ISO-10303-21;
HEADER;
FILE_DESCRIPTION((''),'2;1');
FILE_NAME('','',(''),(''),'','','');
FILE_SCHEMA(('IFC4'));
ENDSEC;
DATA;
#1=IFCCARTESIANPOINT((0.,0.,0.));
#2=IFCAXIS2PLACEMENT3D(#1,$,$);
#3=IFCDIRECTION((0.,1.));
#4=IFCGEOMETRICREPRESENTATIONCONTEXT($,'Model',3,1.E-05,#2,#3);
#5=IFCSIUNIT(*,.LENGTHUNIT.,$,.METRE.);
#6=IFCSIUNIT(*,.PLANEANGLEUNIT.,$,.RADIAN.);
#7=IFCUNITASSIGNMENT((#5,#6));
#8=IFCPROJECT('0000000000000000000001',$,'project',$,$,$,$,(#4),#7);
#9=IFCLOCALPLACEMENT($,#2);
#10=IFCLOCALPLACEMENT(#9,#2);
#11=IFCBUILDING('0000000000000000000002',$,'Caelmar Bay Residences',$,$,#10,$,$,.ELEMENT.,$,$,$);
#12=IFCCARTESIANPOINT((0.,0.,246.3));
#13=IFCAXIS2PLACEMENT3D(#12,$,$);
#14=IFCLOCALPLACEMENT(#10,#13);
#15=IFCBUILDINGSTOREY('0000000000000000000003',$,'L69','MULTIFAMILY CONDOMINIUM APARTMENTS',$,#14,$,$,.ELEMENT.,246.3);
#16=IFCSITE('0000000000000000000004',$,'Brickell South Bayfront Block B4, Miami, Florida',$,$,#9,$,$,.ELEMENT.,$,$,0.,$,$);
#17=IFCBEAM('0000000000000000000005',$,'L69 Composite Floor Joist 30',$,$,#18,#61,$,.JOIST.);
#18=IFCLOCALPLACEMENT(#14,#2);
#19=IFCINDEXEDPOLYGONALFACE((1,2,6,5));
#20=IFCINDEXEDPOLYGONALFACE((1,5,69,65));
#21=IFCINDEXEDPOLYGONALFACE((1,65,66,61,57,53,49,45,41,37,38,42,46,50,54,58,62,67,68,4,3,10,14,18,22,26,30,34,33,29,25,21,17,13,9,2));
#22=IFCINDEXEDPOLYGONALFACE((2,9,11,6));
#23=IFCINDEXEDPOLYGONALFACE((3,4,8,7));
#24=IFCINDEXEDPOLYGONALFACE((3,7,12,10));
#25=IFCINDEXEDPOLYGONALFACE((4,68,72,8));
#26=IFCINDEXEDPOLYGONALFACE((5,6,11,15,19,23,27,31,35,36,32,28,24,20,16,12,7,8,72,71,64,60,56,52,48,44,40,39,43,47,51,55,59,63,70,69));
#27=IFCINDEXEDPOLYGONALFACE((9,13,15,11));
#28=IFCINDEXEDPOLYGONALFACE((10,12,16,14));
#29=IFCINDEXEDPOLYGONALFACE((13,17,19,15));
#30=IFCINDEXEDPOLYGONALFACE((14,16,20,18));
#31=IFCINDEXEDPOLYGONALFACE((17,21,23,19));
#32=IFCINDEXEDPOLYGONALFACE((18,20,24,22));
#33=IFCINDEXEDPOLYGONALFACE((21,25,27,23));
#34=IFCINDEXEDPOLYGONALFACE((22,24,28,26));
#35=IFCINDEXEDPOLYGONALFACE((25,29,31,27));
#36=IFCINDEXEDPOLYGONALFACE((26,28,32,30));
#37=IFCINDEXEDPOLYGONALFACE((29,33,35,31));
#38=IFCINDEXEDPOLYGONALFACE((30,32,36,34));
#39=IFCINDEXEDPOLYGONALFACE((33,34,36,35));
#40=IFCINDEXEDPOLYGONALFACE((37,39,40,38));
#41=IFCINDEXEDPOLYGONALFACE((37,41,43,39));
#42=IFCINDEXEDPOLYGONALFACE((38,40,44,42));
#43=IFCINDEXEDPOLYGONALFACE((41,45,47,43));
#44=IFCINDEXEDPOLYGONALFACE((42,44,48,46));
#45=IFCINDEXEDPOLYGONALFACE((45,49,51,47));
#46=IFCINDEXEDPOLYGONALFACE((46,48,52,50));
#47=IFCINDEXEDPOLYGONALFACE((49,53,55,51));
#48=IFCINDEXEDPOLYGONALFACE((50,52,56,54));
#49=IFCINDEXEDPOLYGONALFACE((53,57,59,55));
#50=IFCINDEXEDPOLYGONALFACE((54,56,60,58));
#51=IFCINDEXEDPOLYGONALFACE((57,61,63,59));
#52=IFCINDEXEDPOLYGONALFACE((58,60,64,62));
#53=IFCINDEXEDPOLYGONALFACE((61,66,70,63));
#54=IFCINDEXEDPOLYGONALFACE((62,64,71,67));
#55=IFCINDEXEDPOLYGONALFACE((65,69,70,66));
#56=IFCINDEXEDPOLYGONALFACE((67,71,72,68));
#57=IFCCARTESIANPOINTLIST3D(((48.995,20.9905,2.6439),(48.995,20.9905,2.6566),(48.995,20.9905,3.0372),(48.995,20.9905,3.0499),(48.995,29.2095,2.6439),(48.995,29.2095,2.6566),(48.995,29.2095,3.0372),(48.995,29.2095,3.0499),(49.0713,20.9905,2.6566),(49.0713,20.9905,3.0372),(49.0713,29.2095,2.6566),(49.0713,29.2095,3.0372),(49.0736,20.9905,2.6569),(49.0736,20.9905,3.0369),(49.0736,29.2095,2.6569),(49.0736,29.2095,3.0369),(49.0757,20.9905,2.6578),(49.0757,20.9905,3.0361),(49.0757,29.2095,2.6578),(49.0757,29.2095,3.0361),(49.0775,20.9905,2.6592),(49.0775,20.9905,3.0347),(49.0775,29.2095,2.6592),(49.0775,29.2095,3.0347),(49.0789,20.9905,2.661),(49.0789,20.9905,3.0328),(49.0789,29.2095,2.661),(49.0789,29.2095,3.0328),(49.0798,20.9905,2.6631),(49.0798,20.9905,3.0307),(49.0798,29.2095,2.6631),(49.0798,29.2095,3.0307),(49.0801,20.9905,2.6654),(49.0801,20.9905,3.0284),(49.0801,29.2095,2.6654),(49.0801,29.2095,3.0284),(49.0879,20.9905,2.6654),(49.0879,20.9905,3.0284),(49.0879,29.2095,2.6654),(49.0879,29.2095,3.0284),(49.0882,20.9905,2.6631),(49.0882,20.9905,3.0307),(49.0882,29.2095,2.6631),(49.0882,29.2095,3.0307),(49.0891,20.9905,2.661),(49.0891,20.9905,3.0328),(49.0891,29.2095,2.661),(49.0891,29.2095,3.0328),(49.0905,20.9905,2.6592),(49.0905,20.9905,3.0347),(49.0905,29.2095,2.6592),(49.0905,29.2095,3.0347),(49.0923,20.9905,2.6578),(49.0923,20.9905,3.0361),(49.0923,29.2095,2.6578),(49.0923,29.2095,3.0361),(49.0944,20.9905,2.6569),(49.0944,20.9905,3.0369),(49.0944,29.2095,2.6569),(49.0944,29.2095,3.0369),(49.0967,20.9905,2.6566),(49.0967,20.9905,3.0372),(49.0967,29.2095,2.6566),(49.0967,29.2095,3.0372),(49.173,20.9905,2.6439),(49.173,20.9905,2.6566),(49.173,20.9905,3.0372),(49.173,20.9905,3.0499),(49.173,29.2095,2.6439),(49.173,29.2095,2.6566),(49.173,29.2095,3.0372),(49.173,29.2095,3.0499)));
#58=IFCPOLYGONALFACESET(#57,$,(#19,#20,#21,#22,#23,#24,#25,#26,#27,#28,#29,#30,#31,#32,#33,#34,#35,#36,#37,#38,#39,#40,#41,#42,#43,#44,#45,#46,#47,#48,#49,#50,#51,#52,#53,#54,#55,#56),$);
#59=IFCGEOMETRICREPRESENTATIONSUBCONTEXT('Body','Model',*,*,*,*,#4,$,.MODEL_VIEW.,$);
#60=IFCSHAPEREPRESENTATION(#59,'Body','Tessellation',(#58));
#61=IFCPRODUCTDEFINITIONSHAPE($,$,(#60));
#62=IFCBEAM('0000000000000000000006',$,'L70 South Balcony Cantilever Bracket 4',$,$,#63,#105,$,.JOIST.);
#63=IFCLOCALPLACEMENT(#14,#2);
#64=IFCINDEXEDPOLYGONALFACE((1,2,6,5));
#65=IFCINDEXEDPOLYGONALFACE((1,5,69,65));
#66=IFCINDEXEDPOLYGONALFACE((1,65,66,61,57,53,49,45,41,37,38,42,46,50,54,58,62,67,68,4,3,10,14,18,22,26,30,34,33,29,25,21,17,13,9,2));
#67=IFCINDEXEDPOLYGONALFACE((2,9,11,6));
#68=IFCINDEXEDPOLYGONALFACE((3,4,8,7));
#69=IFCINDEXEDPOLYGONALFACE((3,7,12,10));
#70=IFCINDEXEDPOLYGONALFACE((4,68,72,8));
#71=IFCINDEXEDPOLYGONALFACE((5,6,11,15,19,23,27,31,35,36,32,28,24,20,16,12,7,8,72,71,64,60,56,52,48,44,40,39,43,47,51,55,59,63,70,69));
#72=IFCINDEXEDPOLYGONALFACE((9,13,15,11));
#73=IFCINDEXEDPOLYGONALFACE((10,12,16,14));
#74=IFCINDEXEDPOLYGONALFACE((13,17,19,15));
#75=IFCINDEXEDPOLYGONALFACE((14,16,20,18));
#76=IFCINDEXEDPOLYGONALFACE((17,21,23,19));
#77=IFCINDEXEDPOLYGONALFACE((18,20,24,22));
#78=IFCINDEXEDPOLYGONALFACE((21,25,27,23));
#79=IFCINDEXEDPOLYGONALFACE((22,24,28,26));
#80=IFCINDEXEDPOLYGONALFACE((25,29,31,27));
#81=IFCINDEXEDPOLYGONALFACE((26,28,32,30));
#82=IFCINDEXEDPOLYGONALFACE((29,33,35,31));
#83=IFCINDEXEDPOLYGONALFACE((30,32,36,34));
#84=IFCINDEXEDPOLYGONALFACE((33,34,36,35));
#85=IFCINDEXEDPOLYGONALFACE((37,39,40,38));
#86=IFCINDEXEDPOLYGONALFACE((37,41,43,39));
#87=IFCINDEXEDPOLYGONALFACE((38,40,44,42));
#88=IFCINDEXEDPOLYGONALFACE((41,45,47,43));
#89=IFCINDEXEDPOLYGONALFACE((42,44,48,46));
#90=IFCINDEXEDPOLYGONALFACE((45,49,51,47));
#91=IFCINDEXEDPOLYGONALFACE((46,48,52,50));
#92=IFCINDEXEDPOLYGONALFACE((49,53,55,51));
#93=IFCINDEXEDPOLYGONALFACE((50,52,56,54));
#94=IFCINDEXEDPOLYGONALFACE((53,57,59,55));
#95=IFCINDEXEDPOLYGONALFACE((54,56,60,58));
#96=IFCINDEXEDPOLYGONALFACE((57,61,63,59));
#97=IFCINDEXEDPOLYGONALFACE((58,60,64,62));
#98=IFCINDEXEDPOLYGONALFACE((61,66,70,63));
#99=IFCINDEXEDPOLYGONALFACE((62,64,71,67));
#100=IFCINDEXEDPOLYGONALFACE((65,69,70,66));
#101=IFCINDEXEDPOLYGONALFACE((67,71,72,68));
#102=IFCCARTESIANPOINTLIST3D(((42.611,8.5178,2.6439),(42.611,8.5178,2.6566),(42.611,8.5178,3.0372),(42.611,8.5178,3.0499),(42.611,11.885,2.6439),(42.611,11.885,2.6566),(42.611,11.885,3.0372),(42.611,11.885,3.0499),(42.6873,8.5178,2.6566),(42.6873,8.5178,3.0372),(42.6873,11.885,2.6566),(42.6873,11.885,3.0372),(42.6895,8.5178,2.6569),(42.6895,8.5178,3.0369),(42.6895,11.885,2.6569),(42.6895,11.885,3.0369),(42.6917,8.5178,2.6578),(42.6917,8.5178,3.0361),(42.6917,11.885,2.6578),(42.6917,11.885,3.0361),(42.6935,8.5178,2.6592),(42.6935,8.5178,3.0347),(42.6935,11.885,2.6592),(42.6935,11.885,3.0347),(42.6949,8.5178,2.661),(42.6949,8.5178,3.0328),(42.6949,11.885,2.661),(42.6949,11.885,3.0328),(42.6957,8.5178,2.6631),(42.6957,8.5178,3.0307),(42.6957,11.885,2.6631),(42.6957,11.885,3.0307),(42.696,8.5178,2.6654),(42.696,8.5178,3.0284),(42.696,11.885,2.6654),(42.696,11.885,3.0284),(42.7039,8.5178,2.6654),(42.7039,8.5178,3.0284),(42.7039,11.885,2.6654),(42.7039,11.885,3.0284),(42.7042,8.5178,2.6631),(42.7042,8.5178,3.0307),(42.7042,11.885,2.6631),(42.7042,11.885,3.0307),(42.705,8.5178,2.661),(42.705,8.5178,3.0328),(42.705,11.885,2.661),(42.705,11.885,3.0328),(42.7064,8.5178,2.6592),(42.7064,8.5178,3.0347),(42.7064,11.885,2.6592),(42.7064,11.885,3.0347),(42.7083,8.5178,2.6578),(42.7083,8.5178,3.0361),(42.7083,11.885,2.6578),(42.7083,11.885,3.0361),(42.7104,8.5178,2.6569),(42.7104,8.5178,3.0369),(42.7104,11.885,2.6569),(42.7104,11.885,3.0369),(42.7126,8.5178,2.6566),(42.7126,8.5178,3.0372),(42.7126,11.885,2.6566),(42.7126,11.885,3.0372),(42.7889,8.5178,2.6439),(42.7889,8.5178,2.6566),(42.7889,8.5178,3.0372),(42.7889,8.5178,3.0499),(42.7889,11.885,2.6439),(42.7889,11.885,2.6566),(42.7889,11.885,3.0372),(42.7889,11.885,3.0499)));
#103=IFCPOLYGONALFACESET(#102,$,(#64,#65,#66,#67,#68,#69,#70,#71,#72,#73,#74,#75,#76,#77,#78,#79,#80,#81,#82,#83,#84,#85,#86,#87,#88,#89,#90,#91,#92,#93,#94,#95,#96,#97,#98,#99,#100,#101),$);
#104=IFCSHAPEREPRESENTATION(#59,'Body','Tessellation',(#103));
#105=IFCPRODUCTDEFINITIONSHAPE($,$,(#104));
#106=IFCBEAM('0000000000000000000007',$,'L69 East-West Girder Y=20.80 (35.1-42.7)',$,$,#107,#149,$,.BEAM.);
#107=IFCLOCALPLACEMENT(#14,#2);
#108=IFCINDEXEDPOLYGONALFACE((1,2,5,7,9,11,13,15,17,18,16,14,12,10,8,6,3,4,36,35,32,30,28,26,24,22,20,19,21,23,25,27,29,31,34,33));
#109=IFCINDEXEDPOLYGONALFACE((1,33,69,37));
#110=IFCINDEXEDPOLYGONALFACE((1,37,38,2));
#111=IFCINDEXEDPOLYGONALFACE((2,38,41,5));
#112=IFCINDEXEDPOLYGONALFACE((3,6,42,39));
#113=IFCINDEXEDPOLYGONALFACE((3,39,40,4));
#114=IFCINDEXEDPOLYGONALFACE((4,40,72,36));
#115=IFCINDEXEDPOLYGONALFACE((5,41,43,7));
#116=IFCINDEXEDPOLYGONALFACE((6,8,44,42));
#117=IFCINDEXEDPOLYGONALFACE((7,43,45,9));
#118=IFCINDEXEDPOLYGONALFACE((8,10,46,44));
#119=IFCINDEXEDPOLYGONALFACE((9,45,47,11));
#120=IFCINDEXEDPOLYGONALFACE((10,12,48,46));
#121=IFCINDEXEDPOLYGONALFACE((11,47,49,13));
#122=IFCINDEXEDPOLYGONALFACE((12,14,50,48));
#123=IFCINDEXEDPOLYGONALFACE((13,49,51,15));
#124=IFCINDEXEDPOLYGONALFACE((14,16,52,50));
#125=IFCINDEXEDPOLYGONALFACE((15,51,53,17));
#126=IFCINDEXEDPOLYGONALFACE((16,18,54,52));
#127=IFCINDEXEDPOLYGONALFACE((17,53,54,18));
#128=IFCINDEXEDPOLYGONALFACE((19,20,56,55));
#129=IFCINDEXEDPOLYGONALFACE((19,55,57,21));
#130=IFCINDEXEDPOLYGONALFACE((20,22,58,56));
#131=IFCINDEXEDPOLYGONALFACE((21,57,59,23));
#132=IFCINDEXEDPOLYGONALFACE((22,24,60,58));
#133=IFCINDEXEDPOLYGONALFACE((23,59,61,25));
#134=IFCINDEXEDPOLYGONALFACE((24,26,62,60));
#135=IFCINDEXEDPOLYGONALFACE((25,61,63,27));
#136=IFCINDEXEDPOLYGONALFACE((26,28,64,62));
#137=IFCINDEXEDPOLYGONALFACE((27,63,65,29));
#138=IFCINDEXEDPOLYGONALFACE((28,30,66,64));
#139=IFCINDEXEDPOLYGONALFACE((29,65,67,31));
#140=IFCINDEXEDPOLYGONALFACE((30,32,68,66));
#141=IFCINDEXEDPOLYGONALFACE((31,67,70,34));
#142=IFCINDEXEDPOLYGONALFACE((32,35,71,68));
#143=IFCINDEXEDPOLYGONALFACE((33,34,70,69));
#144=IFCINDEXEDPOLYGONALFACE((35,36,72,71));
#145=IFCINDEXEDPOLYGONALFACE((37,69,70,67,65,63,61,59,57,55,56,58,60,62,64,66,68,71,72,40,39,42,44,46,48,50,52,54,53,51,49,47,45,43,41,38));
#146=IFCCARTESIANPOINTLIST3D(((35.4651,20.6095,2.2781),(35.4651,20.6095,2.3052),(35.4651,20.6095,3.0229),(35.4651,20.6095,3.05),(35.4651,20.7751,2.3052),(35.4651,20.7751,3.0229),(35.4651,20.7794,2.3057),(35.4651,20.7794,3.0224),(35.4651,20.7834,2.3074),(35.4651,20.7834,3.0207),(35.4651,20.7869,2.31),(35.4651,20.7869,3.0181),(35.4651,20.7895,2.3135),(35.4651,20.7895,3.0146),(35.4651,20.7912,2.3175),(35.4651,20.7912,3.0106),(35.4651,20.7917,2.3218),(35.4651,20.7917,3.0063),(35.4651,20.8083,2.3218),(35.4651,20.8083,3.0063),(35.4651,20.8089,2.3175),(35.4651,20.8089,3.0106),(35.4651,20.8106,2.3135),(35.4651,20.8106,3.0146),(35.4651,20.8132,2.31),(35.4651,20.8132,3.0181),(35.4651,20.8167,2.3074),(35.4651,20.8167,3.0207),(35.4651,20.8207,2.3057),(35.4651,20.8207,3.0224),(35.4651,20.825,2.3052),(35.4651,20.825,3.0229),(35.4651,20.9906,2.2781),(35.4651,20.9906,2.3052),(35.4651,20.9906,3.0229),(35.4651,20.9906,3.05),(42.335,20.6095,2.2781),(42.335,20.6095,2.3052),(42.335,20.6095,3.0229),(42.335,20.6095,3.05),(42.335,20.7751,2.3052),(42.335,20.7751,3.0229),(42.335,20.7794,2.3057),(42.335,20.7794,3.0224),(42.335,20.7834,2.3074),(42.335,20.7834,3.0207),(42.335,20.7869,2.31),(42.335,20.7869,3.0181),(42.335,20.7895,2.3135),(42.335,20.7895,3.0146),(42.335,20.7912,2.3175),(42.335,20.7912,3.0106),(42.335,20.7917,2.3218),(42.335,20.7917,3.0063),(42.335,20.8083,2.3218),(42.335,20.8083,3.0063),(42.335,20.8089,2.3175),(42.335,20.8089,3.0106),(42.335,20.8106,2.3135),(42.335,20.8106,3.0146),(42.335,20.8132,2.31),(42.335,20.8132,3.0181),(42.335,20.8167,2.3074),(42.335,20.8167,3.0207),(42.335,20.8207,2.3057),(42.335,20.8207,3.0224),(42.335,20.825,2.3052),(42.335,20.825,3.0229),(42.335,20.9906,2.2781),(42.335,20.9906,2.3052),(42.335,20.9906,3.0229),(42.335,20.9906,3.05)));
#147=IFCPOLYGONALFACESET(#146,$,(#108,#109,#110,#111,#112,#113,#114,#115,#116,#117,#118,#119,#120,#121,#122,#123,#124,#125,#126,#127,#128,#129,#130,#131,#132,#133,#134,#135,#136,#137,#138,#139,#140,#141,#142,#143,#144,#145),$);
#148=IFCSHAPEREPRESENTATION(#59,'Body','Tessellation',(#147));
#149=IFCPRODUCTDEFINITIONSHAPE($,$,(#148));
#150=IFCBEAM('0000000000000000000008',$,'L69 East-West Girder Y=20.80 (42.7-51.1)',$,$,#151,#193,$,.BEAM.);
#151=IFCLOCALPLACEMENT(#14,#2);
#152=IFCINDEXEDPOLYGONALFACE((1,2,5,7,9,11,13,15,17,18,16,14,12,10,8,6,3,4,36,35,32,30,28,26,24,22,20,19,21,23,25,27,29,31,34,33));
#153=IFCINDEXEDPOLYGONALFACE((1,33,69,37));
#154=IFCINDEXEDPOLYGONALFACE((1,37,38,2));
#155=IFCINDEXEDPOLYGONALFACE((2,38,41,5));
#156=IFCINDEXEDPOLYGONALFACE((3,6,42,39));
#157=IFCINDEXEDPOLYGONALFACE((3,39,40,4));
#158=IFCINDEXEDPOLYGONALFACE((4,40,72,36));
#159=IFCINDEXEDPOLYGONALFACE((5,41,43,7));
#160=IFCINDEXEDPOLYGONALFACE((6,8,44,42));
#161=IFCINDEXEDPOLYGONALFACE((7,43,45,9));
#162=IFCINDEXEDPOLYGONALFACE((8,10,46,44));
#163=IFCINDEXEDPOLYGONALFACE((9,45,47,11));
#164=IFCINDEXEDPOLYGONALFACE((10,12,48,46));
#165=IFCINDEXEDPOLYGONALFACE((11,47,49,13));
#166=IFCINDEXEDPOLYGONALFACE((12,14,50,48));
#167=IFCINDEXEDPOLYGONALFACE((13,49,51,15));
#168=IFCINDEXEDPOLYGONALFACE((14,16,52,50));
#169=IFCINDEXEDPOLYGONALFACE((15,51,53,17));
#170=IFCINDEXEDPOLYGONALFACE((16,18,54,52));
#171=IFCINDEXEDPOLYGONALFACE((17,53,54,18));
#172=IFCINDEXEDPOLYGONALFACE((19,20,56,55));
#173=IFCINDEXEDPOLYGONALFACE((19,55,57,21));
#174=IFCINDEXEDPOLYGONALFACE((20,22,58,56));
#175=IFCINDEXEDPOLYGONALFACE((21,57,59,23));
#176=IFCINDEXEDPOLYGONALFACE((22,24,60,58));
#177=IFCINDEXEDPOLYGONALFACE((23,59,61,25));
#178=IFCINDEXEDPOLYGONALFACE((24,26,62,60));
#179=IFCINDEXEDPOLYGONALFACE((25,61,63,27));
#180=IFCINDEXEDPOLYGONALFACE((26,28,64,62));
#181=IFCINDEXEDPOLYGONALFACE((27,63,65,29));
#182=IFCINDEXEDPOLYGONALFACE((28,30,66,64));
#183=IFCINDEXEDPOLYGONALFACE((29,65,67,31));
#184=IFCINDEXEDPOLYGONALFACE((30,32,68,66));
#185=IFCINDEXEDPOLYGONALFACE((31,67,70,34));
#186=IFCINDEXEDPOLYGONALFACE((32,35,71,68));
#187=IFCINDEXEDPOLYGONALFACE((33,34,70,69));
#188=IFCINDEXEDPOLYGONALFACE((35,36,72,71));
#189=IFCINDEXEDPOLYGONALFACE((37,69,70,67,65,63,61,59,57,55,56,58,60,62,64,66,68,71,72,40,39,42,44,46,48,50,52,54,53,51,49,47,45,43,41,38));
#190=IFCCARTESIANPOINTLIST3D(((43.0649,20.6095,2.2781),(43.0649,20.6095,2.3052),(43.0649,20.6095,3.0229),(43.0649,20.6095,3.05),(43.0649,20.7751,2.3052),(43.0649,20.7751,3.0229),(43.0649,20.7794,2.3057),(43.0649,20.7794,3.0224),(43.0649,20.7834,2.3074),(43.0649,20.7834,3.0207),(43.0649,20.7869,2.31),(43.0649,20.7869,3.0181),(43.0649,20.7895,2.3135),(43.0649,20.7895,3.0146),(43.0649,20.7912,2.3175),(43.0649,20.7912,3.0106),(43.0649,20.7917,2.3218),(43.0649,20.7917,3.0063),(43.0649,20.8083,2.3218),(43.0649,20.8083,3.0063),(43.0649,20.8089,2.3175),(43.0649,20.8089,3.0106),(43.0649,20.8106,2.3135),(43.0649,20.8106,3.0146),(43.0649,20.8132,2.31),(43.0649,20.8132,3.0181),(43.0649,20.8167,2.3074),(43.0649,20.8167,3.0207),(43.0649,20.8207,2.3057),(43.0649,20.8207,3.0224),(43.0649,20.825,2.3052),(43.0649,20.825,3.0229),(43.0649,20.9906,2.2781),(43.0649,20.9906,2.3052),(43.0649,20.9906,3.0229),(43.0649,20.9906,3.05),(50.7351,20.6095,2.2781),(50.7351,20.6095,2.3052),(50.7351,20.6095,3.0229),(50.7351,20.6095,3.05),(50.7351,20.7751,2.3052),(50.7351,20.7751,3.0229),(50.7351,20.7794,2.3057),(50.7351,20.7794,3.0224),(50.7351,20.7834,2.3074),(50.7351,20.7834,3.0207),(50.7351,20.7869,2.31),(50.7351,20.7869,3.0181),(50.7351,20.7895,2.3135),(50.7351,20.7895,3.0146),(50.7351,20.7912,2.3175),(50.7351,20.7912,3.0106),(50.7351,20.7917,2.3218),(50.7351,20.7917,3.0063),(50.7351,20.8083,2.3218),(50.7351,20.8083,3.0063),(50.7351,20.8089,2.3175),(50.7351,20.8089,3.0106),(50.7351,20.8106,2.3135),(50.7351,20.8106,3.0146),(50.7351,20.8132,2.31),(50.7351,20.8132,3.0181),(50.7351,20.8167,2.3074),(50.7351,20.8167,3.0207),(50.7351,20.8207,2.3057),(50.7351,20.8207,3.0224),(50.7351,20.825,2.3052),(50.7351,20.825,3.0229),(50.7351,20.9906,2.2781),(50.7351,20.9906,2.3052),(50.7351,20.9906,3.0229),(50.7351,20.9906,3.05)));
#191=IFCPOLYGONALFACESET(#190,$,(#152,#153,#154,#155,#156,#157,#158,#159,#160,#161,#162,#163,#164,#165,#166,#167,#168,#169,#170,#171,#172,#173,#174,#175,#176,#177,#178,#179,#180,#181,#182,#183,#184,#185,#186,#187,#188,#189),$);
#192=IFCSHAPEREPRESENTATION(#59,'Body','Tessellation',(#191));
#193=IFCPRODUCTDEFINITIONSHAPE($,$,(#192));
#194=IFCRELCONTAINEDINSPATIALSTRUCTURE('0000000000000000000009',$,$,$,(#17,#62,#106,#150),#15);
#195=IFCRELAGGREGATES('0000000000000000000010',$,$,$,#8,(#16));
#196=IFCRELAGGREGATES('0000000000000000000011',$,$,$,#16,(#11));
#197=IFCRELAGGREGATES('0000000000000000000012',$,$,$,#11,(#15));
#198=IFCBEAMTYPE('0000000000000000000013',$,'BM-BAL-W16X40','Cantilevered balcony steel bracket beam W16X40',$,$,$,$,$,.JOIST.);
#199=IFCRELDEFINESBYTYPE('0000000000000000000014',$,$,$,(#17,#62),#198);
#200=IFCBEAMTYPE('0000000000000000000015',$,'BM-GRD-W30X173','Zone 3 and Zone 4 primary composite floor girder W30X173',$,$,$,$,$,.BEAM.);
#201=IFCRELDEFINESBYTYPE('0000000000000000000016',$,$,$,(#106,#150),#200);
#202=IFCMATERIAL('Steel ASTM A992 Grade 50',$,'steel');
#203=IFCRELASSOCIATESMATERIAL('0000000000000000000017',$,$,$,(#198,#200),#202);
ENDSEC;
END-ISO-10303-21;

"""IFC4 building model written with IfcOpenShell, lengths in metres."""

from ifc_helpers import new_model, si_unit, direction, frame, origin, origin_2d, place, context, subcontext, project, spatial, i_section, extrude, material, material_profile, profile_set, type_object, element, save


model = new_model("IFC4")

# Units and contexts
model_context = context("Model", 3, precision=1e-05, world=origin(), true_north=direction((0.0, 1.0)))
body_context = subcontext(model_context, "Body", "Model", "MODEL_VIEW")
ifc_project = project(units=[si_unit("LENGTHUNIT", "METRE"), si_unit("PLANEANGLEUNIT", "RADIAN")], contexts=[model_context])

# Site, building, storey
site_placement = place(None, origin())
site = spatial("IfcSite", under=ifc_project, at=site_placement, Name="Brickell South Bayfront Block B4, Miami, Florida", CompositionType="ELEMENT", RefElevation=0.0)
building_placement = place(site_placement, origin())
building = spatial("IfcBuilding", under=site, at=building_placement, Name="Caelmar Bay Residences", CompositionType="ELEMENT")
storey_placement = place(building_placement, frame((0.0, 0.0, 246.3)))
storey = spatial("IfcBuildingStorey", under=building, at=storey_placement, Name="L69", Description="MULTIFAMILY CONDOMINIUM APARTMENTS", CompositionType="ELEMENT", Elevation=246.3)

# Beams
ifc_material_1 = material(Name="Steel ASTM A992 Grade 50", Category="steel")
ifc_material_profile_1 = material_profile(ifc_material_1, i_section(OverallWidth=0.178, OverallDepth=0.406, WebThickness=0.0078, FlangeThickness=0.0127, FilletRadius=0.0088, at=origin_2d()), Name="W16X40")
ifc_profile_set_1 = profile_set([ifc_material_profile_1], Name="Steel ASTM A992 Grade 50")
beam_type_1 = type_object("IfcBeamType", Name="BM-BAL-W16X40", Description="Cantilevered balcony steel bracket beam W16X40", PredefinedType="JOIST", material=ifc_profile_set_1)
for number, where, z_axis, x_axis, name in (
    (1, (49.084, 20.9905, 2.8469), (0.0, 1.0, 0.0), (-1.0, 0.0, 0.0), "L69 Composite Floor Joist 30"),
):
    element("IfcBeam", number, at=place(storey_placement, frame(where, z_axis=z_axis, x_axis=x_axis)), inside=storey, type_object=beam_type_1, Name=name, PredefinedType="JOIST", context=body_context, shape_type="SweptSolid", body=[
        extrude(i_section(OverallWidth=0.178, OverallDepth=0.406, WebThickness=0.0078, FlangeThickness=0.0127, FilletRadius=0.0088, at=origin_2d()), origin(), (0.0, 0.0, 1.0), 8.219),
    ])
beam_1_placement = place(storey_placement, frame((42.7, 11.885, 2.8469), z_axis=(0.0, -1.0, 0.0), x_axis=(1.0, 0.0, 0.0)))
element("IfcBeam", 2, at=beam_1_placement, inside=storey, type_object=beam_type_1, Name="L70 South Balcony Cantilever Bracket 4", PredefinedType="JOIST", context=body_context, shape_type="SweptSolid", body=[
    extrude(i_section(OverallWidth=0.178, OverallDepth=0.406, WebThickness=0.0078, FlangeThickness=0.0127, FilletRadius=0.0088, at=origin_2d()), origin(), (0.0, 0.0, 1.0), 3.3672),
])
ifc_material_profile_2 = material_profile(ifc_material_1, i_section(OverallWidth=0.3811, OverallDepth=0.772, WebThickness=0.0166, FlangeThickness=0.0271, FilletRadius=0.0166, at=origin_2d()), Name="W30X173")
ifc_profile_set_2 = profile_set([ifc_material_profile_2], Name="Steel ASTM A992 Grade 50")
beam_type_2 = type_object("IfcBeamType", Name="BM-GRD-W30X173", Description="Zone 3 and Zone 4 primary composite floor girder W30X173", PredefinedType="BEAM", material=ifc_profile_set_2)
beam_2_placement = place(storey_placement, frame((35.4651, 20.8, 2.6641), z_axis=(1.0, 0.0, 0.0), x_axis=(0.0, 1.0, 0.0)))
element("IfcBeam", 3, at=beam_2_placement, inside=storey, type_object=beam_type_2, Name="L69 East-West Girder Y=20.80 (35.1-42.7)", PredefinedType="BEAM", context=body_context, shape_type="SweptSolid", body=[
    extrude(i_section(OverallWidth=0.3811, OverallDepth=0.772, WebThickness=0.0166, FlangeThickness=0.0271, FilletRadius=0.0166, at=origin_2d()), origin(), (0.0, 0.0, 1.0), 6.8699),
])
beam_3_placement = place(storey_placement, frame((43.0649, 20.8, 2.6641), z_axis=(1.0, 0.0, 0.0), x_axis=(0.0, 1.0, 0.0)))
element("IfcBeam", 4, at=beam_3_placement, inside=storey, type_object=beam_type_2, Name="L69 East-West Girder Y=20.80 (42.7-51.1)", PredefinedType="BEAM", context=body_context, shape_type="SweptSolid", body=[
    extrude(i_section(OverallWidth=0.3811, OverallDepth=0.772, WebThickness=0.0166, FlangeThickness=0.0271, FilletRadius=0.0166, at=origin_2d()), origin(), (0.0, 0.0, 1.0), 7.6702),
])

save(model, "model.ifc")
